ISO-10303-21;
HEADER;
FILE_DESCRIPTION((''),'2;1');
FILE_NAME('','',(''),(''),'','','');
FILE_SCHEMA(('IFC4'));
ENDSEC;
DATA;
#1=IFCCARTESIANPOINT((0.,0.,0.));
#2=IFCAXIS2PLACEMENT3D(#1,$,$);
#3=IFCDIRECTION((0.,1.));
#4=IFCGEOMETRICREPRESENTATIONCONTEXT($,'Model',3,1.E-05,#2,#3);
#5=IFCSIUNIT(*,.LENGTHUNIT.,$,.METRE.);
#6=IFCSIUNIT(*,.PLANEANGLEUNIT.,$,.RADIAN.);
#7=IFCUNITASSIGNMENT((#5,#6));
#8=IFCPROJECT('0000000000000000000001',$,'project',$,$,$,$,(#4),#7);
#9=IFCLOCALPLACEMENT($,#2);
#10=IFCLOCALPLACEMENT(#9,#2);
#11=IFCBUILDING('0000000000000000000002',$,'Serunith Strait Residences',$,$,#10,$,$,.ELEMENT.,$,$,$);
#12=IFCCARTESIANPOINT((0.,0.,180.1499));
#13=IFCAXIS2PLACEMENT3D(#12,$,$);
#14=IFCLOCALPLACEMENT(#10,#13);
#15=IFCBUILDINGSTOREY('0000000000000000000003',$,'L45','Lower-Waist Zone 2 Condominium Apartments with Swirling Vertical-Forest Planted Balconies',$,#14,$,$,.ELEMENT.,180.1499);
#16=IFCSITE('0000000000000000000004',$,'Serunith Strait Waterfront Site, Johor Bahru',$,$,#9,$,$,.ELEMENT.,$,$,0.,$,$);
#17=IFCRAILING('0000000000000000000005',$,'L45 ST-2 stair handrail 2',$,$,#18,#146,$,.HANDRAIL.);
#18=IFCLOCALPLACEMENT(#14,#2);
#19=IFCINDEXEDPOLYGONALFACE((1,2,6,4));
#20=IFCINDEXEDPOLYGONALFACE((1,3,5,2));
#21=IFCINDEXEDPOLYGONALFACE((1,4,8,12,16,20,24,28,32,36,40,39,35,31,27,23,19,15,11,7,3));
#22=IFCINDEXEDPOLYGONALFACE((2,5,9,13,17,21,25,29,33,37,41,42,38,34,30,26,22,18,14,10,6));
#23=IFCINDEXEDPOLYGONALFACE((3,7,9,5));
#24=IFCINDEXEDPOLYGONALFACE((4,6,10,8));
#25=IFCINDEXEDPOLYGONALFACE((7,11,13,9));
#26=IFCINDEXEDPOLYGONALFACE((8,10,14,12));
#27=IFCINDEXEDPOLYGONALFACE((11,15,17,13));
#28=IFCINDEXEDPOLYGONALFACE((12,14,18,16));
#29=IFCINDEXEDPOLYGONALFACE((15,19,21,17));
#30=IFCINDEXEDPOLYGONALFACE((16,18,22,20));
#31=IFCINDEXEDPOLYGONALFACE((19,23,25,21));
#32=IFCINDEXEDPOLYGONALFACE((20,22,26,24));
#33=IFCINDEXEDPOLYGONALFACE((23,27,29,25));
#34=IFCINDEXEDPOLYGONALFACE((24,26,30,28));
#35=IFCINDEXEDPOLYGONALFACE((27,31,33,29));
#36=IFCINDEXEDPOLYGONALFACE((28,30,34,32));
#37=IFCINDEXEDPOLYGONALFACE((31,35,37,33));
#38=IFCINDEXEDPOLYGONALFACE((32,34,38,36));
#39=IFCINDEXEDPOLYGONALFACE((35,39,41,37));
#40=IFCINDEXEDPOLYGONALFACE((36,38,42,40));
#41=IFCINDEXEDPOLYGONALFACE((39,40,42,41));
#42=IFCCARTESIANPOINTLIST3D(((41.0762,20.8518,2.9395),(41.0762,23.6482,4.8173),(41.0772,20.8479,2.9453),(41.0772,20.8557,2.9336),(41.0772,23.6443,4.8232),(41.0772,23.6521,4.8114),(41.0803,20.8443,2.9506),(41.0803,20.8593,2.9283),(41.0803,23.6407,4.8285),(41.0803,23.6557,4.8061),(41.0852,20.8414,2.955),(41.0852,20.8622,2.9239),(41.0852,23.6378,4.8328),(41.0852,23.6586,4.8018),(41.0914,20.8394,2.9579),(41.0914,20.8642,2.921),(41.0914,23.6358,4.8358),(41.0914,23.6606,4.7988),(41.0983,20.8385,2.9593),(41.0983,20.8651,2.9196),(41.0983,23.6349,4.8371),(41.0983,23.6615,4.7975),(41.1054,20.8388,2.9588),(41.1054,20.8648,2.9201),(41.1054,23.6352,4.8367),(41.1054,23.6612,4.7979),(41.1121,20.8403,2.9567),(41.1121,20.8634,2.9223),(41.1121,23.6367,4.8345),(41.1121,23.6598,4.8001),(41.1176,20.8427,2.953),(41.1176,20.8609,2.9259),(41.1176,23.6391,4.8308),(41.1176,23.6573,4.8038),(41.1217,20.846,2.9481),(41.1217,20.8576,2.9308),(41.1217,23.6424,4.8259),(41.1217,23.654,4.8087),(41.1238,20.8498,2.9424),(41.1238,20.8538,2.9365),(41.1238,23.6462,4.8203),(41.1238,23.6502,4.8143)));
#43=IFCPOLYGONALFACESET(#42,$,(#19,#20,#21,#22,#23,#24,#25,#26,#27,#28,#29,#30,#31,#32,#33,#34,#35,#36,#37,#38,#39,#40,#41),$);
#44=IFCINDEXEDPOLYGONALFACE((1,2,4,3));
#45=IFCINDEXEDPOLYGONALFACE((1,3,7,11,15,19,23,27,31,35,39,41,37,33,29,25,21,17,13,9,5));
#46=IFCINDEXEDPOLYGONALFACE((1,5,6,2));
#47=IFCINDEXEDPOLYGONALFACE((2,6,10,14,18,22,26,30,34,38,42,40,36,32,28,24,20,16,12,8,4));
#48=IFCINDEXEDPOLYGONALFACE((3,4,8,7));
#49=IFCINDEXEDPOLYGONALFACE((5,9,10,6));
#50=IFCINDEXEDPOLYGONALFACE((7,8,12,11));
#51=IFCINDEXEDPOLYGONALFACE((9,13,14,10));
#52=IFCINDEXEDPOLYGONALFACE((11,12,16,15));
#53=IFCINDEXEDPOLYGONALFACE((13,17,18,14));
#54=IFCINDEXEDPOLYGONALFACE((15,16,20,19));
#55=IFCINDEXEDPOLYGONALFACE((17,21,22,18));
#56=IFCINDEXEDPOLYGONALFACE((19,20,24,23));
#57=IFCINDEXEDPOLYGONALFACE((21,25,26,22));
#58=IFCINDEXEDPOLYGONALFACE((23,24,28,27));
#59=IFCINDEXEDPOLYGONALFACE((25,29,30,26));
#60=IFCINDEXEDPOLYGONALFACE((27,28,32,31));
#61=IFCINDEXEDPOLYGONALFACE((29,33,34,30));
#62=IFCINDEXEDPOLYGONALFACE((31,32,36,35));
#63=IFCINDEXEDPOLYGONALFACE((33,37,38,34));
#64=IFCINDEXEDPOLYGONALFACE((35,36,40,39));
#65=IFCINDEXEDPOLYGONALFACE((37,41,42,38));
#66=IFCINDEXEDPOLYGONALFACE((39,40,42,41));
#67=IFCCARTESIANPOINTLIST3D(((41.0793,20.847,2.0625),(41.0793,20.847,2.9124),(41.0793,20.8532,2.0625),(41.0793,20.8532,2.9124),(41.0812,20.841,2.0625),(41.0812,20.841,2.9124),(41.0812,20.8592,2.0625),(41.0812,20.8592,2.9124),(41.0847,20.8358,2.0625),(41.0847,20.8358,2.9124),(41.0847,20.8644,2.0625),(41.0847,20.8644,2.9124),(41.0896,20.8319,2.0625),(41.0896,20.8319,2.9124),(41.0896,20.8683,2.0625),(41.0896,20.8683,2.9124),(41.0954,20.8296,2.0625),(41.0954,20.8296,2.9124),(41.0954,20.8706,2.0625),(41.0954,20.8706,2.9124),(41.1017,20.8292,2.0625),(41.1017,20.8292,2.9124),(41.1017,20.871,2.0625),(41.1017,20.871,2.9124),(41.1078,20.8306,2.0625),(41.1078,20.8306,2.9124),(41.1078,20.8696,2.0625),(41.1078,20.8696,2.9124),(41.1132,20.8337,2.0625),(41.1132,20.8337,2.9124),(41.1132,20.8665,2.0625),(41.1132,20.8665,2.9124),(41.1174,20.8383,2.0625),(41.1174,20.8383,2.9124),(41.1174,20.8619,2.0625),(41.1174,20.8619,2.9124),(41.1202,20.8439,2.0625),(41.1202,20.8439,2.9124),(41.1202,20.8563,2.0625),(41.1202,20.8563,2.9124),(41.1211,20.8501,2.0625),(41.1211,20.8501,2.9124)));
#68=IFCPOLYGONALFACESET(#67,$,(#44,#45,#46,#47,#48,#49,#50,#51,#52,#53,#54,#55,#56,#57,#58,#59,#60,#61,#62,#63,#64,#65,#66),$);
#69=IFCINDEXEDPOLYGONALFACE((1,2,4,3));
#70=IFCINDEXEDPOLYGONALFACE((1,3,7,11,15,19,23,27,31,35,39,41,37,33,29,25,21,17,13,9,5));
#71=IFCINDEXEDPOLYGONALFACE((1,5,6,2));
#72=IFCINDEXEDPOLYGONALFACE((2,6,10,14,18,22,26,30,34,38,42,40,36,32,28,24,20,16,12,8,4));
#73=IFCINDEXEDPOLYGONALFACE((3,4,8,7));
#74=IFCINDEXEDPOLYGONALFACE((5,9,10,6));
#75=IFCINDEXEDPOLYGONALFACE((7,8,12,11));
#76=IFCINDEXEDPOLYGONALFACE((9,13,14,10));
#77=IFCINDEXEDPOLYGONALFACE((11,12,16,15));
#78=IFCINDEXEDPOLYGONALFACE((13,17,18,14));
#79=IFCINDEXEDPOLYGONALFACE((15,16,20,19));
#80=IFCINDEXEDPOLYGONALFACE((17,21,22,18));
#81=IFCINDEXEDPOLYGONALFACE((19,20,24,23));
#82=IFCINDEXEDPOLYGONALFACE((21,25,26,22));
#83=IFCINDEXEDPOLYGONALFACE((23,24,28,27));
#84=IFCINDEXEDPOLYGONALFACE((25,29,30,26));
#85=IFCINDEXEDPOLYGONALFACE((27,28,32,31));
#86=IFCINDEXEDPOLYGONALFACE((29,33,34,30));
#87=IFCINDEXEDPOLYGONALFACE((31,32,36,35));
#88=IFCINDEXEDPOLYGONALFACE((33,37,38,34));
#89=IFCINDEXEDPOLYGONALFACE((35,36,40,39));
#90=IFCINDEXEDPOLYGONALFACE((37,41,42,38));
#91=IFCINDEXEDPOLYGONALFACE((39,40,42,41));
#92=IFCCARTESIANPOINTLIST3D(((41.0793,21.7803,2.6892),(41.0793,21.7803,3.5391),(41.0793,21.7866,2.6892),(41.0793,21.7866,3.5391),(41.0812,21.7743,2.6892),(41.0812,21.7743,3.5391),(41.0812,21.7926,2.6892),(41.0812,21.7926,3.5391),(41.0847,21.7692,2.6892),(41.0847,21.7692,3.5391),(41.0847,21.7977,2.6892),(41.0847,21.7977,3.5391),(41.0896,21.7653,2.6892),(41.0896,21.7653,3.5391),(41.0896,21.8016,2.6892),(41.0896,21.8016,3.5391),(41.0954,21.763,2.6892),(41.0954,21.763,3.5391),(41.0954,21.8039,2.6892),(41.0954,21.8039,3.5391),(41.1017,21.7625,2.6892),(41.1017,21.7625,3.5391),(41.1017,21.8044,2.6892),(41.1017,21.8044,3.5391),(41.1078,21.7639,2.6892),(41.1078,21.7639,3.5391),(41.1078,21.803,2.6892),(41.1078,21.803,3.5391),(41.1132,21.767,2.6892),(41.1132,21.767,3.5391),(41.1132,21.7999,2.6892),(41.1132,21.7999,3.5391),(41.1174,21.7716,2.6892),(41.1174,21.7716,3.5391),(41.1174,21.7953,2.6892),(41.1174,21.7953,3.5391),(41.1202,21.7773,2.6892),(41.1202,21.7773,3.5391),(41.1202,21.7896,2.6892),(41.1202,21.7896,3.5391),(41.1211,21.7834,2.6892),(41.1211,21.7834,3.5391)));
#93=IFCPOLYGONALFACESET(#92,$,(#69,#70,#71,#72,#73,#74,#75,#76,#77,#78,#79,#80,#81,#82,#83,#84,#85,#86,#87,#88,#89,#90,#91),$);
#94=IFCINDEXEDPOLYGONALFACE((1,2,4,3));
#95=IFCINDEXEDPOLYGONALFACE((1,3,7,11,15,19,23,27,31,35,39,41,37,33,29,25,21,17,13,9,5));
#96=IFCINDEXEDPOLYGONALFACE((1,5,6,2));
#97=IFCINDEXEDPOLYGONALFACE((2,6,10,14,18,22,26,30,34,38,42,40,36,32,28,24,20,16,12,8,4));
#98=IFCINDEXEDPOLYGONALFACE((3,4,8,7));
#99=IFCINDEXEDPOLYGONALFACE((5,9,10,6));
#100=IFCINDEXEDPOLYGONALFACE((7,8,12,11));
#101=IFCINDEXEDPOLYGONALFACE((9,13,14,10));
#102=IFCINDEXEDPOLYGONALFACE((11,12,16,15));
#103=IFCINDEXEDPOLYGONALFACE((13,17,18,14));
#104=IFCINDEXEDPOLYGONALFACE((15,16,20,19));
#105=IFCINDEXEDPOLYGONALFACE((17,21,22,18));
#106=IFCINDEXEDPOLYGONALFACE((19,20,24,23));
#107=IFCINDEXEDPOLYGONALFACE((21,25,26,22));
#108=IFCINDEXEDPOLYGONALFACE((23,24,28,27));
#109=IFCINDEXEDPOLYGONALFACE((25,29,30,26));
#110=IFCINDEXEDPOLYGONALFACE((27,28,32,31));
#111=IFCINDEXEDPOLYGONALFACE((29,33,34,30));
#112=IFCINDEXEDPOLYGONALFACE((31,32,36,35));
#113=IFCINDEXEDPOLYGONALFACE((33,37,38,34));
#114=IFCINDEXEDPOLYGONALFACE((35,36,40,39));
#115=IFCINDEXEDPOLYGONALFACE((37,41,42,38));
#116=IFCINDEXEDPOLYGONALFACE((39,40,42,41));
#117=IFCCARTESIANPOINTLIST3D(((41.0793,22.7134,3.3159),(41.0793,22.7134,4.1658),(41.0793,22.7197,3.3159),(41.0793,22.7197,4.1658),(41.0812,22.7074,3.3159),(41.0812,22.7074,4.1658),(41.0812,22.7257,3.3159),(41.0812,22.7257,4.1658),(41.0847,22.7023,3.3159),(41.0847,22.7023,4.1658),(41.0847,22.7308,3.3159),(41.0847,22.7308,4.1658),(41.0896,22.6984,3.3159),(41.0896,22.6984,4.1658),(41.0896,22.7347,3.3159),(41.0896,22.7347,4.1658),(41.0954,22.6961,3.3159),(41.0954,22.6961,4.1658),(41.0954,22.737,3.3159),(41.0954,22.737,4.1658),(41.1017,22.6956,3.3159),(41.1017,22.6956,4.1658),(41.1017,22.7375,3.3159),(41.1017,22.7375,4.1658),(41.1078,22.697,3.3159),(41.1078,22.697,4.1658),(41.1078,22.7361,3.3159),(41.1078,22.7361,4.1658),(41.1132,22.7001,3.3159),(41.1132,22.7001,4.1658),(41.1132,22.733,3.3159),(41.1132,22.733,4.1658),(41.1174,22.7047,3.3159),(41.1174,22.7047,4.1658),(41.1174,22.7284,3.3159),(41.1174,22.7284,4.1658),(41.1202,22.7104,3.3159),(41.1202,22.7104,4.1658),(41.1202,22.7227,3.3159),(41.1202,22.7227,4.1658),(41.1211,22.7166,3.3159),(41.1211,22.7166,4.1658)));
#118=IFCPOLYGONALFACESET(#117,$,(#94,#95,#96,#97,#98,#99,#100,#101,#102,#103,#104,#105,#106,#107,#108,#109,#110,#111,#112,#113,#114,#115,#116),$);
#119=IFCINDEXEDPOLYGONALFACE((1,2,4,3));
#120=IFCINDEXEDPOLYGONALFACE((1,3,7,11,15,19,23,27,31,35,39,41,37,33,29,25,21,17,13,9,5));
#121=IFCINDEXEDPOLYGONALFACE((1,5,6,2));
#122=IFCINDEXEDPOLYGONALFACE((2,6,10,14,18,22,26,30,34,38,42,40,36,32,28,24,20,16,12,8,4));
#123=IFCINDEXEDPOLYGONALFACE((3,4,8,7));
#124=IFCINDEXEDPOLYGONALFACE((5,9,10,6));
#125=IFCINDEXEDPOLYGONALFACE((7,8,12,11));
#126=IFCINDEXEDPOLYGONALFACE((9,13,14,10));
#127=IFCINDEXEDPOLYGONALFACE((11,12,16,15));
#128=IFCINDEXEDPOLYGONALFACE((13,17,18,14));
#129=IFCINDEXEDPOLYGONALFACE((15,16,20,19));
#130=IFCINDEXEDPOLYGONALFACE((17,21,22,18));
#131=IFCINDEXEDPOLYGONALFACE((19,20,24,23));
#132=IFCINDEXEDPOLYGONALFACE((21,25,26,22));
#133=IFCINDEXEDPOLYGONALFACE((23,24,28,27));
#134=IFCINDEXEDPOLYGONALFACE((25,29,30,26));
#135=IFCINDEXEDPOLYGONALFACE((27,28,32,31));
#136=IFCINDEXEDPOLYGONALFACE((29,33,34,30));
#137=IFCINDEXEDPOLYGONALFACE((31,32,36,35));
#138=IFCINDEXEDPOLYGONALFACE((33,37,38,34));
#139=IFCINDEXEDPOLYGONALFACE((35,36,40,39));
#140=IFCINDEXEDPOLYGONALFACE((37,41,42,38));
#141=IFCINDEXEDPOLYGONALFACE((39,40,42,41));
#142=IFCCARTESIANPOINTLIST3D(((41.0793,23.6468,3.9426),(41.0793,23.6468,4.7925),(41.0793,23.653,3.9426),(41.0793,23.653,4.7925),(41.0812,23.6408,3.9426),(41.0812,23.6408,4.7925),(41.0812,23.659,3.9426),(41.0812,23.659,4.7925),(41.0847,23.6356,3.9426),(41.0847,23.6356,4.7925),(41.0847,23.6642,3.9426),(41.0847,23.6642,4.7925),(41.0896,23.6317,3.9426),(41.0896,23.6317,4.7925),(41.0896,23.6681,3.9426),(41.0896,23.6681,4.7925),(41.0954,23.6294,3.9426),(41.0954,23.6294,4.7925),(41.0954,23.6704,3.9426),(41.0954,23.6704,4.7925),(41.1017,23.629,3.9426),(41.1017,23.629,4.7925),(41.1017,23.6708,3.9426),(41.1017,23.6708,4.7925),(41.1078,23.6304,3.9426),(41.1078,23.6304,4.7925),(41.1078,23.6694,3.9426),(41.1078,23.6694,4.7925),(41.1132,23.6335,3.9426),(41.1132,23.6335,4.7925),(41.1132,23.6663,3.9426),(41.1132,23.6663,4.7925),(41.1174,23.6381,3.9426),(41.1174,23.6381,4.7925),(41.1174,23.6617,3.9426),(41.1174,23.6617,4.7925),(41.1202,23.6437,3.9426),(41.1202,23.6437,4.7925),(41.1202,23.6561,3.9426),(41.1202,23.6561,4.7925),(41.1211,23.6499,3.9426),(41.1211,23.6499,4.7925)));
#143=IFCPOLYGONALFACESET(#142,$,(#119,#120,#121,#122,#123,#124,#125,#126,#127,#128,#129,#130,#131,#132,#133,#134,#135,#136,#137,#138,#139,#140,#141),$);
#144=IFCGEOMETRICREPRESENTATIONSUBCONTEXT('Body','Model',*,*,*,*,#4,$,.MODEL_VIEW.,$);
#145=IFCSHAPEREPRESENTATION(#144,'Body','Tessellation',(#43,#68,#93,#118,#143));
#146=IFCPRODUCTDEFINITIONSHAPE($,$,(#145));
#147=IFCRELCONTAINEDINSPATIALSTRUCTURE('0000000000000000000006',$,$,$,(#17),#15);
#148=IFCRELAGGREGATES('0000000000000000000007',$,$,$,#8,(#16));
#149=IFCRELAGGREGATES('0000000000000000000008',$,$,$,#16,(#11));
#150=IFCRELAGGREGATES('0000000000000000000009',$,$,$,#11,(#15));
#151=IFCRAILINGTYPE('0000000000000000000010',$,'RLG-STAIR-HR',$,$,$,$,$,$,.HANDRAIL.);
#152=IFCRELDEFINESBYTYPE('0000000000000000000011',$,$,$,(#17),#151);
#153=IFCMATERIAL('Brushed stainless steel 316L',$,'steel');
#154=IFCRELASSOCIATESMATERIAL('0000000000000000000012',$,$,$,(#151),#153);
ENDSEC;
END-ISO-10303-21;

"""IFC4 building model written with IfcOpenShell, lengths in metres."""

from ifc_helpers import new_model, si_unit, direction, frame, origin, origin_2d, place, context, subcontext, project, spatial, circle, extrude, material, type_object, element, save


model = new_model("IFC4")

# Units and contexts
model_context = context("Model", 3, precision=1e-05, world=origin(), true_north=direction((0.0, 1.0)))
body_context = subcontext(model_context, "Body", "Model", "MODEL_VIEW")
ifc_project = project(units=[si_unit("LENGTHUNIT", "METRE"), si_unit("PLANEANGLEUNIT", "RADIAN")], contexts=[model_context])

# Site, building, storey
site_placement = place(None, origin())
site = spatial("IfcSite", under=ifc_project, at=site_placement, Name="Serunith Strait Waterfront Site, Johor Bahru", CompositionType="ELEMENT", RefElevation=0.0)
building_placement = place(site_placement, origin())
building = spatial("IfcBuilding", under=site, at=building_placement, Name="Serunith Strait Residences", CompositionType="ELEMENT")
storey_placement = place(building_placement, frame((0.0, 0.0, 180.1499)))
storey = spatial("IfcBuildingStorey", under=building, at=storey_placement, Name="L45", Description="Lower-Waist Zone 2 Condominium Apartments with Swirling Vertical-Forest Planted Balconies", CompositionType="ELEMENT", Elevation=180.1499)

# Railing
ifc_material_1 = material(Name="Brushed stainless steel 316L", Category="steel")
railing_type_1 = type_object("IfcRailingType", Name="RLG-STAIR-HR", PredefinedType="HANDRAIL", material=ifc_material_1)
railing_1_placement = place(storey_placement, frame((41.1001, 20.8501, 2.0625)))
element("IfcRailing", 1, at=railing_1_placement, inside=storey, type_object=railing_type_1, Name="L45 ST-2 stair handrail 2", PredefinedType="HANDRAIL", context=body_context, shape_type="SweptSolid", body=[
    extrude(circle(Radius=0.0239, at=origin_2d()), frame((0.0, 0.0017, 0.877), z_axis=(0.0, 0.830186, 0.557487), x_axis=(-1.0, 0.0, 0.0)), (0.0, 0.0, 1.0), 3.3684),
    extrude(circle(Radius=0.021, at=origin_2d()), origin(), (0.0, 0.0, 1.0), 0.8499),
    extrude(circle(Radius=0.021, at=origin_2d()), frame((0.0, 0.9333, 0.6267)), (0.0, 0.0, 1.0), 0.8499),
    extrude(circle(Radius=0.021, at=origin_2d()), frame((0.0, 1.8665, 1.2534)), (0.0, 0.0, 1.0), 0.8499),
    extrude(circle(Radius=0.021, at=origin_2d()), frame((0.0, 2.7998, 1.8801)), (0.0, 0.0, 1.0), 0.8499),
])

save(model, "model.ifc")
